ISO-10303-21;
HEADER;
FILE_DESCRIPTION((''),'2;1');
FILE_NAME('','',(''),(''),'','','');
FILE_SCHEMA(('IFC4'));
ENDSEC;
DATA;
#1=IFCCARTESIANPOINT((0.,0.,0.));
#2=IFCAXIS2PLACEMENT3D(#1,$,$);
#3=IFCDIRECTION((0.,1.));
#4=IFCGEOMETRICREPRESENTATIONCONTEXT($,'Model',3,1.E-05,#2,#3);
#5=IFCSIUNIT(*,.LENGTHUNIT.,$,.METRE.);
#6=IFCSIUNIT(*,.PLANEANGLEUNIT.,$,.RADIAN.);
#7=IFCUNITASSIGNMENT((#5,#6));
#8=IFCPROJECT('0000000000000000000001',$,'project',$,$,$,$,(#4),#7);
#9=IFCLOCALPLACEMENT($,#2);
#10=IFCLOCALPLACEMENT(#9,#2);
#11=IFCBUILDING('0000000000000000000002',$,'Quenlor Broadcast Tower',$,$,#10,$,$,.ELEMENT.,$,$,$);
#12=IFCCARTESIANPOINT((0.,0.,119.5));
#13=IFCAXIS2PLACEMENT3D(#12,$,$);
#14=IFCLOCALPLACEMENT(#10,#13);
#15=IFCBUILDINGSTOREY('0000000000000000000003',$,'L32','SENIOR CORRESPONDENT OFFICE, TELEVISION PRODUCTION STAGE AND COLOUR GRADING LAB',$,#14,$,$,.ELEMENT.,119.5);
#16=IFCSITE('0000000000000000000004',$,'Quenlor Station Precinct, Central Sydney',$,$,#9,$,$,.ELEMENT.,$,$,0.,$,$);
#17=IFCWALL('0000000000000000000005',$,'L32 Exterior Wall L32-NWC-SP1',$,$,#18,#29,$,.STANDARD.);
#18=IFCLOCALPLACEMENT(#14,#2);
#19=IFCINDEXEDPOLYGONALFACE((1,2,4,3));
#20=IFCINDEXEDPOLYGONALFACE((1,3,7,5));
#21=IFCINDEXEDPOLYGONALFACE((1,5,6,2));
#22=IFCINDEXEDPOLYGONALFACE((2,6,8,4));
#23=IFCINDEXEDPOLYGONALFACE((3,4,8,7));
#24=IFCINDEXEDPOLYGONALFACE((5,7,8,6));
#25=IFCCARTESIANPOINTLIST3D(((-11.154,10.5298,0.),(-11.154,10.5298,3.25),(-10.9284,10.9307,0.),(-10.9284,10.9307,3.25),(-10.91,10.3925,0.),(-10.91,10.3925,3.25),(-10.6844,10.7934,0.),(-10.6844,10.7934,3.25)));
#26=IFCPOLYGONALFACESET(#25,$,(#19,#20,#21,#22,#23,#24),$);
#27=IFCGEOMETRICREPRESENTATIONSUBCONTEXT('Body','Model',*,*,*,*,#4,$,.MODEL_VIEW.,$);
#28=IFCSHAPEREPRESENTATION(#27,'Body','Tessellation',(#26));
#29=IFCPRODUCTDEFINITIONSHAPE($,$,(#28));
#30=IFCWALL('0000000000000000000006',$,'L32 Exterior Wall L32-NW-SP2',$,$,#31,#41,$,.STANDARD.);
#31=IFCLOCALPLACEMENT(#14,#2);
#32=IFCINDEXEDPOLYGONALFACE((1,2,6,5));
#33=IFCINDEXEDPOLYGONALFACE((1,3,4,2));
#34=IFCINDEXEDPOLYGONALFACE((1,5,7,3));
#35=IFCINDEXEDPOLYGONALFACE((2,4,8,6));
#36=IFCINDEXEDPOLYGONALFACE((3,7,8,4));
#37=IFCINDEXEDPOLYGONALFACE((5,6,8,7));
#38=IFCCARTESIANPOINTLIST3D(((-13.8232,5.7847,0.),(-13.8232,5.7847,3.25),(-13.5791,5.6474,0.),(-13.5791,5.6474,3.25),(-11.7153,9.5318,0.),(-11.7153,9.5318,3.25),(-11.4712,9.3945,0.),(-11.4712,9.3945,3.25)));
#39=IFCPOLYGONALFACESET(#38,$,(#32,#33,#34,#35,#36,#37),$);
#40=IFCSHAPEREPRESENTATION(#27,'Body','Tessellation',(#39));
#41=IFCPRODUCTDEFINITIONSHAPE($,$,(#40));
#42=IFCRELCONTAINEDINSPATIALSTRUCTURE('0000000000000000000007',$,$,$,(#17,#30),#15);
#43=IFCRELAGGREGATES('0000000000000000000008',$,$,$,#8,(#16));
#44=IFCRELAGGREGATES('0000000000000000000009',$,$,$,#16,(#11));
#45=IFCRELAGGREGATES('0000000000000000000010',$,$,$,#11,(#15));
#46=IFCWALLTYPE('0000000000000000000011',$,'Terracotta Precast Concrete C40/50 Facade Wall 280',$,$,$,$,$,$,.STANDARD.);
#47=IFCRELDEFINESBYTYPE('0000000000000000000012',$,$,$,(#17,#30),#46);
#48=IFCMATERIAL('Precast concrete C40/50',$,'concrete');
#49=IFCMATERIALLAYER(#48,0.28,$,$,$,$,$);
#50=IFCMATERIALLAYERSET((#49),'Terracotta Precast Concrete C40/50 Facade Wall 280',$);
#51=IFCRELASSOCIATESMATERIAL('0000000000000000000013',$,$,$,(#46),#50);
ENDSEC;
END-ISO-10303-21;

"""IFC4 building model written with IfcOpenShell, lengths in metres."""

from ifc_helpers import new_model, si_unit, direction, frame, frame_2d, origin, place, context, subcontext, project, spatial, rectangle, extrude, material, layer, layer_set, type_object, element, save


model = new_model("IFC4")

# Units and contexts
model_context = context("Model", 3, precision=1e-05, world=origin(), true_north=direction((0.0, 1.0)))
body_context = subcontext(model_context, "Body", "Model", "MODEL_VIEW")
ifc_project = project(units=[si_unit("LENGTHUNIT", "METRE"), si_unit("PLANEANGLEUNIT", "RADIAN")], contexts=[model_context])

# Site, building, storey
site_placement = place(None, origin())
site = spatial("IfcSite", under=ifc_project, at=site_placement, Name="Quenlor Station Precinct, Central Sydney", CompositionType="ELEMENT", RefElevation=0.0)
building_placement = place(site_placement, origin())
building = spatial("IfcBuilding", under=site, at=building_placement, Name="Quenlor Broadcast Tower", CompositionType="ELEMENT")
storey_placement = place(building_placement, frame((0.0, 0.0, 119.5)))
storey = spatial("IfcBuildingStorey", under=building, at=storey_placement, Name="L32", Description="SENIOR CORRESPONDENT OFFICE, TELEVISION PRODUCTION STAGE AND COLOUR GRADING LAB", CompositionType="ELEMENT", Elevation=119.5)

# Walls
ifc_material_1 = material(Name="Precast concrete C40/50", Category="concrete")
ifc_layer_1 = layer(ifc_material_1, 0.28)
ifc_layer_set_1 = layer_set([ifc_layer_1], Name="Terracotta Precast Concrete C40/50 Facade Wall 280")
wall_type_1 = type_object("IfcWallType", Name="Terracotta Precast Concrete C40/50 Facade Wall 280", PredefinedType="STANDARD", material=ifc_layer_set_1)
wall_1_placement = place(storey_placement, frame((-11.032, 10.4612, 0.0), z_axis=(0.0, 0.0, 1.0), x_axis=(0.490412, 0.87149, 0.0)))
element("IfcWall", 1, at=wall_1_placement, inside=storey, type_object=wall_type_1, Name="L32 Exterior Wall L32-NWC-SP1", PredefinedType="STANDARD", context=body_context, shape_type="SweptSolid", body=[
    extrude(rectangle(XDim=0.46, YDim=0.28, at=frame_2d((0.23, 0.0))), origin(), (0.0, 0.0, 1.0), 3.25),
])
wall_2_placement = place(storey_placement, frame((-13.7012, 5.7161, 0.0), z_axis=(0.0, 0.0, 1.0), x_axis=(0.490294, 0.871557, 0.0)))
element("IfcWall", 2, at=wall_2_placement, inside=storey, type_object=wall_type_1, Name="L32 Exterior Wall L32-NW-SP2", PredefinedType="STANDARD", context=body_context, shape_type="SweptSolid", body=[
    extrude(rectangle(XDim=4.2993, YDim=0.28, at=frame_2d((2.1497, 0.0))), origin(), (0.0, 0.0, 1.0), 3.25),
])

save(model, "model.ifc")
